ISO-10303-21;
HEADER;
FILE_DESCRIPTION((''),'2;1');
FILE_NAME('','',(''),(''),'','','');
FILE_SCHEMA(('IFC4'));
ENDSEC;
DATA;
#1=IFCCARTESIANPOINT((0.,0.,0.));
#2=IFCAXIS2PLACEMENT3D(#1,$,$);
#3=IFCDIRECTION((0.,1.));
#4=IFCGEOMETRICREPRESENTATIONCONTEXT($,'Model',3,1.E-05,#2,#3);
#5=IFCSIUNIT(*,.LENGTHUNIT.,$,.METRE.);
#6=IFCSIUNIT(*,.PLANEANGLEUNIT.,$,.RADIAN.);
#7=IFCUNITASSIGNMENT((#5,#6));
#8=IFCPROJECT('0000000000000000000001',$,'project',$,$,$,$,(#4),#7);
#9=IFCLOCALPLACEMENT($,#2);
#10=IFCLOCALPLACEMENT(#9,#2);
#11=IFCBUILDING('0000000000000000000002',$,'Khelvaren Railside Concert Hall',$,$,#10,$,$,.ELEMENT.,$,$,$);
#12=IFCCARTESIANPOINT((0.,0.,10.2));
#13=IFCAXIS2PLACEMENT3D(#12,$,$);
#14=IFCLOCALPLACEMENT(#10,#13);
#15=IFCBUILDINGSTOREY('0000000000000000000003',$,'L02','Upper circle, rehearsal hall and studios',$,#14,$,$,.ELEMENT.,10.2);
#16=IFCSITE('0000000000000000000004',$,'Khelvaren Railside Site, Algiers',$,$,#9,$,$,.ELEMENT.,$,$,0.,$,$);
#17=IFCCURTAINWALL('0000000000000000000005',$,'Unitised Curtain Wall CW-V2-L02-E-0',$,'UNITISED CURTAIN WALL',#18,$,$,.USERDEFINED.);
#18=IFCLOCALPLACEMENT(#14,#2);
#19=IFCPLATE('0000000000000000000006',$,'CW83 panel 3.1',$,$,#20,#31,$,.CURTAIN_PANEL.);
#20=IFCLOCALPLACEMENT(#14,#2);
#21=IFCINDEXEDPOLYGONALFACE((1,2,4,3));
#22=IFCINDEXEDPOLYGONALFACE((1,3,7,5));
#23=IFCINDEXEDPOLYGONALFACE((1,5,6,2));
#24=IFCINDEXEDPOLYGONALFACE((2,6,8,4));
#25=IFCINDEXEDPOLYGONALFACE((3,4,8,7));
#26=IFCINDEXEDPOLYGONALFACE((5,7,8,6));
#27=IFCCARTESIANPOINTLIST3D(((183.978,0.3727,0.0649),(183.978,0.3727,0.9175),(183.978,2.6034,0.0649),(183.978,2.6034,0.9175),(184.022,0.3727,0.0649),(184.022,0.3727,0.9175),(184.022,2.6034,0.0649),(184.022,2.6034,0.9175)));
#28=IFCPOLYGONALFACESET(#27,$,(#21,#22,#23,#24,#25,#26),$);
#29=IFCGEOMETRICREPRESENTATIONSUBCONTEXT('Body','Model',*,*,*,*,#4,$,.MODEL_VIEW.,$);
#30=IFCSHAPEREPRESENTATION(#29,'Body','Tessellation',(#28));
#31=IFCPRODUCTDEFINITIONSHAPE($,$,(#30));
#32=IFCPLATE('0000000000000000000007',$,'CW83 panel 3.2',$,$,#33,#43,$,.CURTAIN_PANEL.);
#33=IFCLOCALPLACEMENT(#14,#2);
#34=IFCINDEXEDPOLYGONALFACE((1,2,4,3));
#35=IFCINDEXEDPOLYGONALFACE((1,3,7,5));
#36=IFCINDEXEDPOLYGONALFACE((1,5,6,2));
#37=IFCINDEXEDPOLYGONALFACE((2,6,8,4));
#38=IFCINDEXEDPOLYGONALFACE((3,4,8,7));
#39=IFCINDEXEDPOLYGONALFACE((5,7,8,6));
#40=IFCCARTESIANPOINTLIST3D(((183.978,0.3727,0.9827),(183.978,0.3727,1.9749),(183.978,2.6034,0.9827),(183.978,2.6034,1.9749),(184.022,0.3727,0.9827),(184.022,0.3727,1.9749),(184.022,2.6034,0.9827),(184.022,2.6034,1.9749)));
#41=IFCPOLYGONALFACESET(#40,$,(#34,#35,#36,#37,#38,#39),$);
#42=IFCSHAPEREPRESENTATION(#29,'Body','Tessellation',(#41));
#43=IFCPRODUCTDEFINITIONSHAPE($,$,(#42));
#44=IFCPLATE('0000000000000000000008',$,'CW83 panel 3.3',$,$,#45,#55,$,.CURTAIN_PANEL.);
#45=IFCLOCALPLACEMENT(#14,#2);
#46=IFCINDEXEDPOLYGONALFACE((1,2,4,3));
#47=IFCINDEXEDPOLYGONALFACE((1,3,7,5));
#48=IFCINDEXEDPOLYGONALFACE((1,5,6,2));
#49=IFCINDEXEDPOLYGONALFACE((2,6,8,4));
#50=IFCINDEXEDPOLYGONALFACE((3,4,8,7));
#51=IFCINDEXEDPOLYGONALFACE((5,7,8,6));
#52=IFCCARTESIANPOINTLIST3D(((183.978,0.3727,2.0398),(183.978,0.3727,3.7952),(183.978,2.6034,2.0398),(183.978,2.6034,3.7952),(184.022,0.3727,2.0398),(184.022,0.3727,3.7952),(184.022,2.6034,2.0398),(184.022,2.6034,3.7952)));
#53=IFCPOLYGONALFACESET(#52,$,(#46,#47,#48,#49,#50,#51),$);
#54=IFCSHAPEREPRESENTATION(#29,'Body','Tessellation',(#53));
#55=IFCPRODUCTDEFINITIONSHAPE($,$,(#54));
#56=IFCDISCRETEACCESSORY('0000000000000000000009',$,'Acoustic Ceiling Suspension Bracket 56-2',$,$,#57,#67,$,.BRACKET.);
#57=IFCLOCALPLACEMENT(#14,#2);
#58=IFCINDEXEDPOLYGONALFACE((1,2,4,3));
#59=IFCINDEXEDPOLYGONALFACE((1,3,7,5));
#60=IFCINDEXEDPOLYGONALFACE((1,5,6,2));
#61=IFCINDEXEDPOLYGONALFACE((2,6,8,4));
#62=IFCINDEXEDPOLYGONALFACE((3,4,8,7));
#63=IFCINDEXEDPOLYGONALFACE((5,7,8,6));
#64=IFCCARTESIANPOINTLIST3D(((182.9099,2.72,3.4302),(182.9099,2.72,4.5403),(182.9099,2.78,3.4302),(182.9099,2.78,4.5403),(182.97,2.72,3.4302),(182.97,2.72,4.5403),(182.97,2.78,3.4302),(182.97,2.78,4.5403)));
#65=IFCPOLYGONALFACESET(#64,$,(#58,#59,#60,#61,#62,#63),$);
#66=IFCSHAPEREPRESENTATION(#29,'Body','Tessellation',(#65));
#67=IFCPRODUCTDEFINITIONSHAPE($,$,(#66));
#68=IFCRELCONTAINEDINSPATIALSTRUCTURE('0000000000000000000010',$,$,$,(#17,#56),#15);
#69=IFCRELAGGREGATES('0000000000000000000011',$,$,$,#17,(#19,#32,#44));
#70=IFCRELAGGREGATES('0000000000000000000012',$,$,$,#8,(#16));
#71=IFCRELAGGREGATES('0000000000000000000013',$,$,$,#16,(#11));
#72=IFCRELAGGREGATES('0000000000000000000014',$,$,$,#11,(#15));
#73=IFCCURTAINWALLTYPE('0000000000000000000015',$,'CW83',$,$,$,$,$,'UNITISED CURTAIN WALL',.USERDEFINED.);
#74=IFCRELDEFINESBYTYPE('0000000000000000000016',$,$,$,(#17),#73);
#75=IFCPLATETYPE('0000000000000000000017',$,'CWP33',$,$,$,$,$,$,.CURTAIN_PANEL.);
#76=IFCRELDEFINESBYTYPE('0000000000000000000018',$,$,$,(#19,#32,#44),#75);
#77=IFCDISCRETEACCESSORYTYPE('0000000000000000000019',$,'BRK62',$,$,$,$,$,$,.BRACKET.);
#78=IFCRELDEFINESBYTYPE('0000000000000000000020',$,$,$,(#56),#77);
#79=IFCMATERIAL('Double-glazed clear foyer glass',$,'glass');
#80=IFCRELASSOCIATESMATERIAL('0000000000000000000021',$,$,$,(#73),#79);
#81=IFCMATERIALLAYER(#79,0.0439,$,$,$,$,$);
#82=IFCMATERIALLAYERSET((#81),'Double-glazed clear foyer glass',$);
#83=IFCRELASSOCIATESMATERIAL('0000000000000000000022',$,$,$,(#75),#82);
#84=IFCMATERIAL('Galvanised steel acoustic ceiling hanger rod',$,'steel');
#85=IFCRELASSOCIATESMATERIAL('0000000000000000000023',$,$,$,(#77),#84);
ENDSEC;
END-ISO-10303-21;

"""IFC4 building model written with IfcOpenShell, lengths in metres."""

from ifc_helpers import new_model, si_unit, direction, frame, origin, origin_2d, place, context, subcontext, project, spatial, rectangle, extrude, material, layer, layer_set, type_object, element, aggregate, save


model = new_model("IFC4")

# Units and contexts
model_context = context("Model", 3, precision=1e-05, world=origin(), true_north=direction((0.0, 1.0)))
body_context = subcontext(model_context, "Body", "Model", "MODEL_VIEW")
ifc_project = project(units=[si_unit("LENGTHUNIT", "METRE"), si_unit("PLANEANGLEUNIT", "RADIAN")], contexts=[model_context])

# Site, building, storey
site_placement = place(None, origin())
site = spatial("IfcSite", under=ifc_project, at=site_placement, Name="Khelvaren Railside Site, Algiers", CompositionType="ELEMENT", RefElevation=0.0)
building_placement = place(site_placement, origin())
building = spatial("IfcBuilding", under=site, at=building_placement, Name="Khelvaren Railside Concert Hall", CompositionType="ELEMENT")
storey_placement = place(building_placement, frame((0.0, 0.0, 10.2)))
storey = spatial("IfcBuildingStorey", under=building, at=storey_placement, Name="L02", Description="Upper circle, rehearsal hall and studios", CompositionType="ELEMENT", Elevation=10.2)

# Shared definitions
ifc_material_1 = material(Name="Double-glazed clear foyer glass", Category="glass")
curtain_wall_type = type_object("IfcCurtainWallType", Name="CW83", ElementType="UNITISED CURTAIN WALL", PredefinedType="USERDEFINED", material=ifc_material_1)

# Curtain wall
curtain_wall_1_placement = place(storey_placement, origin())
curtain_wall_1 = element("IfcCurtainWall", 1, at=curtain_wall_1_placement, inside=storey, type_object=curtain_wall_type, Name="Unitised Curtain Wall CW-V2-L02-E-0", ObjectType="UNITISED CURTAIN WALL", PredefinedType="USERDEFINED")

# Plates
ifc_layer = layer(ifc_material_1, 0.0439)
ifc_layer_set = layer_set([ifc_layer], Name="Double-glazed clear foyer glass")
plate_type = type_object("IfcPlateType", Name="CWP33", PredefinedType="CURTAIN_PANEL", material=ifc_layer_set)
plate_1_placement = place(storey_placement, frame((184.0, 1.488, 0.0649), z_axis=(0.0, 0.0, 1.0), x_axis=(0.0, -1.0, 0.0)))
plate_1 = element("IfcPlate", 2, at=plate_1_placement, type_object=plate_type, Name="CW83 panel 3.1", PredefinedType="CURTAIN_PANEL", context=body_context, shape_type="SweptSolid", body=[
    extrude(rectangle(XDim=2.2307, YDim=0.0439, at=origin_2d()), origin(), (0.0, 0.0, 1.0), 0.8525),
])
plate_2_placement = place(storey_placement, frame((184.0, 1.488, 0.9827), z_axis=(0.0, 0.0, 1.0), x_axis=(0.0, -1.0, 0.0)))
plate_2 = element("IfcPlate", 3, at=plate_2_placement, type_object=plate_type, Name="CW83 panel 3.2", PredefinedType="CURTAIN_PANEL", context=body_context, shape_type="SweptSolid", body=[
    extrude(rectangle(XDim=2.2307, YDim=0.0439, at=origin_2d()), origin(), (0.0, 0.0, 1.0), 0.9922),
])
plate_3_placement = place(storey_placement, frame((184.0, 1.488, 2.0398), z_axis=(0.0, 0.0, 1.0), x_axis=(0.0, -1.0, 0.0)))
plate_3 = element("IfcPlate", 4, at=plate_3_placement, type_object=plate_type, Name="CW83 panel 3.3", PredefinedType="CURTAIN_PANEL", context=body_context, shape_type="SweptSolid", body=[
    extrude(rectangle(XDim=2.2307, YDim=0.0439, at=origin_2d()), origin(), (0.0, 0.0, 1.0), 1.7554),
])
aggregate(curtain_wall_1, [plate_1, plate_2, plate_3])

# Discrete accessory
ifc_material_2 = material(Name="Galvanised steel acoustic ceiling hanger rod", Category="steel")
discrete_accessory_type = type_object("IfcDiscreteAccessoryType", Name="BRK62", PredefinedType="BRACKET", material=ifc_material_2)
discrete_accessory_placement = place(storey_placement, frame((182.9399, 2.75, 3.4302), z_axis=(0.0, 0.0, 1.0), x_axis=(1.0, 0.0, 0.0)))
element("IfcDiscreteAccessory", 5, at=discrete_accessory_placement, inside=storey, type_object=discrete_accessory_type, Name="Acoustic Ceiling Suspension Bracket 56-2", PredefinedType="BRACKET", context=body_context, shape_type="SweptSolid", body=[
    extrude(rectangle(XDim=0.0601, YDim=0.0601, at=origin_2d()), origin(), (0.0, 0.0, 1.0), 1.1101),
])

save(model, "model.ifc")
